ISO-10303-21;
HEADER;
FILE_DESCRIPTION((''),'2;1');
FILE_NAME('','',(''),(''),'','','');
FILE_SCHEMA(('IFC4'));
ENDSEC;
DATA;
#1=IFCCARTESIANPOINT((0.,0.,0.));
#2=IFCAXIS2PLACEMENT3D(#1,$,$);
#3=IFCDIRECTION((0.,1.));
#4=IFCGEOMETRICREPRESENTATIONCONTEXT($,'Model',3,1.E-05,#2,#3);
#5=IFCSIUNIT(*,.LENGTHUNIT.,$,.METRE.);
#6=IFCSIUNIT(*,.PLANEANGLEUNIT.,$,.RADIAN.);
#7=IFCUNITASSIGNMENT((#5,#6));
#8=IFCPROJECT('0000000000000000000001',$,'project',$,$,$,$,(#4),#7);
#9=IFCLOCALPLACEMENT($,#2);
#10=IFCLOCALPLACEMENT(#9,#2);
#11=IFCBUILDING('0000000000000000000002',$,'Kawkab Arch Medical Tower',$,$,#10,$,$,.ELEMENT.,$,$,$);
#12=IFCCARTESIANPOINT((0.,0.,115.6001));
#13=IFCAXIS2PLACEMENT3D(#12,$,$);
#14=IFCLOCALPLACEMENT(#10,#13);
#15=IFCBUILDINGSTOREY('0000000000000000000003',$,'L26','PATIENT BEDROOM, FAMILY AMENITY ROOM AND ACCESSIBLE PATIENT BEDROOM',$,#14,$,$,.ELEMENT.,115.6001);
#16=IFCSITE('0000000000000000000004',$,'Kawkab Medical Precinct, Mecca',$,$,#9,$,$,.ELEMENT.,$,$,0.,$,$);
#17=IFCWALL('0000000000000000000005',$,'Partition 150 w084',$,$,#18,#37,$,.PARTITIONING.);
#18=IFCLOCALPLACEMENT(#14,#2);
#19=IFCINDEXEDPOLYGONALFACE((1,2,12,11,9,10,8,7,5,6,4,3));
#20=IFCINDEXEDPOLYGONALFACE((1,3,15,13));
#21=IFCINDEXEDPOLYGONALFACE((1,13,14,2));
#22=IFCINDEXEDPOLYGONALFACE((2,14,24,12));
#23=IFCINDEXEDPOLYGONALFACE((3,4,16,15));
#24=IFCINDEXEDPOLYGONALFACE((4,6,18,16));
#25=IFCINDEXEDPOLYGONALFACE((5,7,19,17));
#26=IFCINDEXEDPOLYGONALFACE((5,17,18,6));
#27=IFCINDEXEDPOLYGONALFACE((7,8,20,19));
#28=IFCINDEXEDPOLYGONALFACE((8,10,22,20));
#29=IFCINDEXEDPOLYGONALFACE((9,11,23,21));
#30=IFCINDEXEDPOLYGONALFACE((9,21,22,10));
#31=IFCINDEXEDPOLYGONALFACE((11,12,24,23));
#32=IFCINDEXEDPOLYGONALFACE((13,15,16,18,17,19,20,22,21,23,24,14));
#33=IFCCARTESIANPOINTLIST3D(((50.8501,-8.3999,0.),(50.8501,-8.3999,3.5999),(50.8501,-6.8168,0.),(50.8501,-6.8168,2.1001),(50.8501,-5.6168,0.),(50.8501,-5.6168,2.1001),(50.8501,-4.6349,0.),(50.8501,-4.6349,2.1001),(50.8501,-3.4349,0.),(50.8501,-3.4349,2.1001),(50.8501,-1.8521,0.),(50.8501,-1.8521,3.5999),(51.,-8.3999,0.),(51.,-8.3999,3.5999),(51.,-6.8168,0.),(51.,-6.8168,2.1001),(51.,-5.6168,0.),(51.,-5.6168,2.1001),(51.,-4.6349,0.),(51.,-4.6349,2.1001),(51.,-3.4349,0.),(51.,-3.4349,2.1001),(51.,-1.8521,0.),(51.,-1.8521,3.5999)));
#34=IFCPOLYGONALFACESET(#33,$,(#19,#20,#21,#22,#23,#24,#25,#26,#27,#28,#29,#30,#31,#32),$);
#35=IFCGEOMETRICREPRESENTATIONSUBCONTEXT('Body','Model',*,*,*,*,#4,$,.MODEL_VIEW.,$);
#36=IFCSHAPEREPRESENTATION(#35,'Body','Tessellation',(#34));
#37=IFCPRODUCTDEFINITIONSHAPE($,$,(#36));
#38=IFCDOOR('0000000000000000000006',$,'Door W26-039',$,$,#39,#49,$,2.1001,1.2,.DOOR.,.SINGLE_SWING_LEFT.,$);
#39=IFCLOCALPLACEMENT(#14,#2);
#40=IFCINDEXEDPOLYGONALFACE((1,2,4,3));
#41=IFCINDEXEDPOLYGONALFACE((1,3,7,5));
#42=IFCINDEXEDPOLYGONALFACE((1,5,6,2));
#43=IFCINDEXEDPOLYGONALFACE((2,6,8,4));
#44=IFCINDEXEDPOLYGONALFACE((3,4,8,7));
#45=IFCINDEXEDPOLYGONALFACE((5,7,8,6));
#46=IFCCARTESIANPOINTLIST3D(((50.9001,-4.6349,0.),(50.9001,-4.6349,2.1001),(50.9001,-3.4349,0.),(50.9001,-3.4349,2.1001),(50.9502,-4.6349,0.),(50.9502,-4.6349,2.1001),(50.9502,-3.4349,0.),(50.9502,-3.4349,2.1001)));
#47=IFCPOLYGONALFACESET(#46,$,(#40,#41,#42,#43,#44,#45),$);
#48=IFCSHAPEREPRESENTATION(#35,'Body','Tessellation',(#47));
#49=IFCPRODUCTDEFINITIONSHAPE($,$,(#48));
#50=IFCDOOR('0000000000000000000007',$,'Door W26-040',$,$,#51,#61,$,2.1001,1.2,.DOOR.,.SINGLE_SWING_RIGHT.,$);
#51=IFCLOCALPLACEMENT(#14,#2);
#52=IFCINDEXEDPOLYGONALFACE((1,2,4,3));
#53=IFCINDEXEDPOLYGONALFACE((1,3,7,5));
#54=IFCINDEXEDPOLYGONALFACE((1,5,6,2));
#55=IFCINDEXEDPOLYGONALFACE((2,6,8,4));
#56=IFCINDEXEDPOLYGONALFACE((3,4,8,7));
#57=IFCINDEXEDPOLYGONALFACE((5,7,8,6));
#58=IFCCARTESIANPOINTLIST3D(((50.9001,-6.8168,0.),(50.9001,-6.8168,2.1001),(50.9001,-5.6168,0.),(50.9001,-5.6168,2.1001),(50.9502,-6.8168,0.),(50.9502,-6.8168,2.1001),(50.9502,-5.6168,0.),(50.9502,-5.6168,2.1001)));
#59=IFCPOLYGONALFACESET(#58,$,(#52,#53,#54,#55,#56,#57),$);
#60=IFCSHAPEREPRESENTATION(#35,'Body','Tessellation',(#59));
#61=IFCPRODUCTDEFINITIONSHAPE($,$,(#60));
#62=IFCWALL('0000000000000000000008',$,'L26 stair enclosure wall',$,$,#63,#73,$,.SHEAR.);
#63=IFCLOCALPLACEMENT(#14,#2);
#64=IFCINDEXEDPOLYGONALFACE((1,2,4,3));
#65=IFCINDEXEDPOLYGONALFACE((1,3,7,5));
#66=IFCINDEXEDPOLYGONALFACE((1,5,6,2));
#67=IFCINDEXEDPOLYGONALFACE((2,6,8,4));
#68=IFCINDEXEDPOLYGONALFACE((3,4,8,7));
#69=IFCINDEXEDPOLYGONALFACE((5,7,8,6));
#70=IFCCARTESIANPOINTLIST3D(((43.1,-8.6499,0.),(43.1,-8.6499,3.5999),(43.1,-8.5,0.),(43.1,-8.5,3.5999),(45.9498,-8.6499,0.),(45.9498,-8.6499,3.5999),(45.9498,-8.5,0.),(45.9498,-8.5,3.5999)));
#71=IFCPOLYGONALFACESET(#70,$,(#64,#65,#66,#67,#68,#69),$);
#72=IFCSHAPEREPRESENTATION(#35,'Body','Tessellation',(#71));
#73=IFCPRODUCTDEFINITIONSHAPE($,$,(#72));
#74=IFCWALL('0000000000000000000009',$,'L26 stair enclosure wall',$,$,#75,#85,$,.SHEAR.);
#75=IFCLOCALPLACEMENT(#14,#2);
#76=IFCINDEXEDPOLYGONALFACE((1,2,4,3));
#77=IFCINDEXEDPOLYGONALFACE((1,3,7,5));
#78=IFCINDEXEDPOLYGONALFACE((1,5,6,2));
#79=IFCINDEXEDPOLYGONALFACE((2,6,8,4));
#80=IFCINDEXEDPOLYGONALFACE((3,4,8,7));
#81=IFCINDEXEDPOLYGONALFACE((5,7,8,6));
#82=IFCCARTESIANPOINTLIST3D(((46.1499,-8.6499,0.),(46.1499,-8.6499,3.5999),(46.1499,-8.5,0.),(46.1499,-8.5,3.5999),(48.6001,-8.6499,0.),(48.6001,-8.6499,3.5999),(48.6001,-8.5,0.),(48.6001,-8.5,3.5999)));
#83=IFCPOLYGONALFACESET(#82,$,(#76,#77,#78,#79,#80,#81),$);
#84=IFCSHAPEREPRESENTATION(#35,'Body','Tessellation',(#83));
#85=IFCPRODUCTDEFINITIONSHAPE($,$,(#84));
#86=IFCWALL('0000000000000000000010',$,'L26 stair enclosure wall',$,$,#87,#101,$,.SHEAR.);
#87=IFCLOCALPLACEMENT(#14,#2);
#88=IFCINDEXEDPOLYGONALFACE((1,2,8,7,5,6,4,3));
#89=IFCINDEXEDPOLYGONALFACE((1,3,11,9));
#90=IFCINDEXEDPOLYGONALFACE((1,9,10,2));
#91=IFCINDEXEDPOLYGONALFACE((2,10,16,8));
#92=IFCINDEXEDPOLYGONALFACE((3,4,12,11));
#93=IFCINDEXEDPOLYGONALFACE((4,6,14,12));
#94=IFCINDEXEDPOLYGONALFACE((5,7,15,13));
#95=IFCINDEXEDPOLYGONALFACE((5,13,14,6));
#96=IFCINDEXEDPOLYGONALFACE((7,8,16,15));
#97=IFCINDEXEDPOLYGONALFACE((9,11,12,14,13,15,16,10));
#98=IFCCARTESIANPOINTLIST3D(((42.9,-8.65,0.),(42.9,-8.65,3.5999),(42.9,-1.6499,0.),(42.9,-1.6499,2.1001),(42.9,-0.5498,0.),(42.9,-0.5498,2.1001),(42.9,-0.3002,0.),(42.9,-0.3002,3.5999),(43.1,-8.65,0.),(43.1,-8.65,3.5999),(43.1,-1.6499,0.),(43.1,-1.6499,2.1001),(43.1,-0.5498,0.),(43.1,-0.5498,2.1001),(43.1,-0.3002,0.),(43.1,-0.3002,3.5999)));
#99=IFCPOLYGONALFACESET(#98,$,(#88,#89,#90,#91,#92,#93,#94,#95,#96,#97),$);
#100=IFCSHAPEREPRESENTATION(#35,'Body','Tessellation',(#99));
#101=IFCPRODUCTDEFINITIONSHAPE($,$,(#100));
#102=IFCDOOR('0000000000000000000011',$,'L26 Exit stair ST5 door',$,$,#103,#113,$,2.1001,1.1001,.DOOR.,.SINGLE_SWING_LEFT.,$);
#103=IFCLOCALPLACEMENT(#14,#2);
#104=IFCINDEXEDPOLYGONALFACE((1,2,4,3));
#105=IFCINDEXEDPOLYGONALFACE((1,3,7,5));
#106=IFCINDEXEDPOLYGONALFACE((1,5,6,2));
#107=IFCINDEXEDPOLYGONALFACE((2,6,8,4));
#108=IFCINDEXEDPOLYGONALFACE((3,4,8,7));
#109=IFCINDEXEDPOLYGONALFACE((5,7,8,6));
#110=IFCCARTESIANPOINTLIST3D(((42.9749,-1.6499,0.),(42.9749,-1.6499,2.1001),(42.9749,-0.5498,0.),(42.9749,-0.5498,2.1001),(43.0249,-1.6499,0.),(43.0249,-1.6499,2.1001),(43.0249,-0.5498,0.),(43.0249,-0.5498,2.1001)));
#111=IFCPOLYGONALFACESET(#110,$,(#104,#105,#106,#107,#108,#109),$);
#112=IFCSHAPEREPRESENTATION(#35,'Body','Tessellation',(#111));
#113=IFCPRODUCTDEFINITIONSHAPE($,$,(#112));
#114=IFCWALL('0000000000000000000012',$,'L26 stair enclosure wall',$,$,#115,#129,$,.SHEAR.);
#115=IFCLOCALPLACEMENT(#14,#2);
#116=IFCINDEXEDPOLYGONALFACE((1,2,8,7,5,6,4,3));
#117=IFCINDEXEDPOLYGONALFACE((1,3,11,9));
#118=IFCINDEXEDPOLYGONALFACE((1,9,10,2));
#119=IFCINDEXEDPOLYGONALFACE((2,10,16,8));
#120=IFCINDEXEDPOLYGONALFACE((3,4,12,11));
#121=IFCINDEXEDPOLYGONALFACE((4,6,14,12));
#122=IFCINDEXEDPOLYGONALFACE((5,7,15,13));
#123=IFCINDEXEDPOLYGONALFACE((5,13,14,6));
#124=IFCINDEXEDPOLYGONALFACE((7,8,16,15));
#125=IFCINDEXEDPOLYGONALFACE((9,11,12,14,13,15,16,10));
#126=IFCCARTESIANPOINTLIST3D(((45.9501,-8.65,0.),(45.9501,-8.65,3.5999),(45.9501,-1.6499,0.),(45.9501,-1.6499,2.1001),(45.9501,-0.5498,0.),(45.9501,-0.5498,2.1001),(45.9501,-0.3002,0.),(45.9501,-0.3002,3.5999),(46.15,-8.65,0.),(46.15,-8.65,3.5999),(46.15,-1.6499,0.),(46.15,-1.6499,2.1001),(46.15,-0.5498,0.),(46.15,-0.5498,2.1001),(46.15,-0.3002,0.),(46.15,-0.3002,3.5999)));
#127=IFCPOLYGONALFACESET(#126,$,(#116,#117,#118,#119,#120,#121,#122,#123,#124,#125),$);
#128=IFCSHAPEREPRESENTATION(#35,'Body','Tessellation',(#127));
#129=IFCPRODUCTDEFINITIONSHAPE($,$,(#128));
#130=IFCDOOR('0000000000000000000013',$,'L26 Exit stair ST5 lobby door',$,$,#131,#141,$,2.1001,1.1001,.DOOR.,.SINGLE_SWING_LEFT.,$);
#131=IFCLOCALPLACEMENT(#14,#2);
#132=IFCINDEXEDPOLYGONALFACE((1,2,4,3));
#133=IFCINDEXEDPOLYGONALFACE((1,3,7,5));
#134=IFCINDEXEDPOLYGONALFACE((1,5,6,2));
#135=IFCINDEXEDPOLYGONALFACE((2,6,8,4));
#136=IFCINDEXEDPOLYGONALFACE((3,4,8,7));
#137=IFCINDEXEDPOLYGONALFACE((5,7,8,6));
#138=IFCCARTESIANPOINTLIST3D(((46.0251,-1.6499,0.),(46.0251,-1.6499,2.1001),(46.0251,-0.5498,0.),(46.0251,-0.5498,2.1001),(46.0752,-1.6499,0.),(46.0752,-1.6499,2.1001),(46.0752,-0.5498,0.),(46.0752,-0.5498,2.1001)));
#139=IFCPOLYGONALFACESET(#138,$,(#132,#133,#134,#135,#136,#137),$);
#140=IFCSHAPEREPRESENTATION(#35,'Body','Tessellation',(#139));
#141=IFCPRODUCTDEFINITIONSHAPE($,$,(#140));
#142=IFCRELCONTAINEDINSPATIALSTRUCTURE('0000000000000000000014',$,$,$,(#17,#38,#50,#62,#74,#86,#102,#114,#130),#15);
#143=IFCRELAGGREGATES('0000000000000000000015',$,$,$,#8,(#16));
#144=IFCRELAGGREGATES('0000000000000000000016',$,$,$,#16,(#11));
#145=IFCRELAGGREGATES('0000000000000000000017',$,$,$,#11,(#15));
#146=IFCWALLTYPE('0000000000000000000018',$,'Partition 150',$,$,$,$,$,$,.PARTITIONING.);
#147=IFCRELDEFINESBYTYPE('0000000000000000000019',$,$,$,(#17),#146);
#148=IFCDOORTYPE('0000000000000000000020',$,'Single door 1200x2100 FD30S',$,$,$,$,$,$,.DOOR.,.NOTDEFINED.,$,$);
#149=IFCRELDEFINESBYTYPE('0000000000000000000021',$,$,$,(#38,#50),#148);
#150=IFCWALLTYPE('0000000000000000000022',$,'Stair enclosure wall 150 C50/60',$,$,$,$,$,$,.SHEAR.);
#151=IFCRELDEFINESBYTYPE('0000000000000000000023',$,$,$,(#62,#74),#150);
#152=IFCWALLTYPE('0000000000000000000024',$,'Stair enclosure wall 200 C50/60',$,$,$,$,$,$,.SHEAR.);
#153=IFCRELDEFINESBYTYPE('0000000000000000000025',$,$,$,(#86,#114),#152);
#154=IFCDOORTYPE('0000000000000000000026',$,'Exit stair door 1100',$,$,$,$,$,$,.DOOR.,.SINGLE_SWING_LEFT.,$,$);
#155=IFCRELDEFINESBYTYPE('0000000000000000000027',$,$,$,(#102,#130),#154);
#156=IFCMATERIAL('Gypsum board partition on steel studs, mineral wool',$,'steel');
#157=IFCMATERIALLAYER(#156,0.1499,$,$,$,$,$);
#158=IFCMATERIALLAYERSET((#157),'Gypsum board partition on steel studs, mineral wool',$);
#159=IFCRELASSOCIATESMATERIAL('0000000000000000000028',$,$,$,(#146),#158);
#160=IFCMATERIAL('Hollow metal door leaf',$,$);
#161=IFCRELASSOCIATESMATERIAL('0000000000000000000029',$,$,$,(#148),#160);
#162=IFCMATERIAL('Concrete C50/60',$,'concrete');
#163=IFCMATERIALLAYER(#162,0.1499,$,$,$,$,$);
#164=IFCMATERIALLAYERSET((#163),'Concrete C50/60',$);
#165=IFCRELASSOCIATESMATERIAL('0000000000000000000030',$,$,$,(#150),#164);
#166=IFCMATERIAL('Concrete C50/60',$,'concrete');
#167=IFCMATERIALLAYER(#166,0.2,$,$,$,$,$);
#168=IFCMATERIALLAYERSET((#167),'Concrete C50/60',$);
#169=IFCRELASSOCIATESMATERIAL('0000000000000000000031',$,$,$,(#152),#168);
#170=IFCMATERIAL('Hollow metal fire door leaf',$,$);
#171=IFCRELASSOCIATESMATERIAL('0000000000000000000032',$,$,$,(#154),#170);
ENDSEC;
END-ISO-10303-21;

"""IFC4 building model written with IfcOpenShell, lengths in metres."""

from ifc_helpers import new_model, si_unit, direction, frame, frame_2d, origin, place, context, subcontext, project, spatial, rectangle, extrude, material, layer, layer_set, type_object, element, fill, save


model = new_model("IFC4")

# Units and contexts
model_context = context("Model", 3, precision=1e-05, world=origin(), true_north=direction((0.0, 1.0)))
body_context = subcontext(model_context, "Body", "Model", "MODEL_VIEW")
ifc_project = project(units=[si_unit("LENGTHUNIT", "METRE"), si_unit("PLANEANGLEUNIT", "RADIAN")], contexts=[model_context])

# Site, building, storey
site_placement = place(None, origin())
site = spatial("IfcSite", under=ifc_project, at=site_placement, Name="Kawkab Medical Precinct, Mecca", CompositionType="ELEMENT", RefElevation=0.0)
building_placement = place(site_placement, origin())
building = spatial("IfcBuilding", under=site, at=building_placement, Name="Kawkab Arch Medical Tower", CompositionType="ELEMENT")
storey_placement = place(building_placement, frame((0.0, 0.0, 115.6001)))
storey = spatial("IfcBuildingStorey", under=building, at=storey_placement, Name="L26", Description="PATIENT BEDROOM, FAMILY AMENITY ROOM AND ACCESSIBLE PATIENT BEDROOM", CompositionType="ELEMENT", Elevation=115.6001)

# Shared definitions
ifc_material_1 = material(Name="Gypsum board partition on steel studs, mineral wool", Category="steel")
ifc_layer_1 = layer(ifc_material_1, 0.1499)
ifc_layer_set_1 = layer_set([ifc_layer_1], Name="Gypsum board partition on steel studs, mineral wool")
wall_type_1 = type_object("IfcWallType", Name="Partition 150", PredefinedType="PARTITIONING", material=ifc_layer_set_1)

# Wall, openings, doors
wall_1_placement = place(storey_placement, frame((50.925, -8.3999, 0.0), z_axis=(0.0, 0.0, 1.0), x_axis=(0.0, 1.0, 0.0)))
wall_1 = element("IfcWall", 1, at=wall_1_placement, inside=storey, type_object=wall_type_1, Name="Partition 150 w084", PredefinedType="PARTITIONING", context=body_context, shape_type="SweptSolid", body=[
    extrude(rectangle(XDim=6.5479, YDim=0.1499, at=frame_2d((3.2739, 0.0))), origin(), (0.0, 0.0, 1.0), 3.5999),
])
opening_1_placement = place(wall_1_placement, frame((3.7649, 0.0, 0.0)))
opening_1 = element("IfcOpeningElement", 2, at=opening_1_placement, cuts=wall_1, PredefinedType="OPENING", context=body_context, shape_type="SweptSolid", body=[
    extrude(rectangle(XDim=1.2, YDim=2.1001, at=frame_2d((0.6001, 1.05))), frame((0.0, 0.085, 0.0), z_axis=(0.0, -1.0, 0.0), x_axis=(1.0, 0.0, 0.0)), (0.0, 0.0, 1.0), 0.1699),
])
opening_2_placement = place(wall_1_placement, frame((1.583, 0.0, 0.0)))
opening_2 = element("IfcOpeningElement", 3, at=opening_2_placement, cuts=wall_1, PredefinedType="OPENING", context=body_context, shape_type="SweptSolid", body=[
    extrude(rectangle(XDim=1.2, YDim=2.1001, at=frame_2d((0.6001, 1.05))), frame((0.0, 0.085, 0.0), z_axis=(0.0, -1.0, 0.0), x_axis=(1.0, 0.0, 0.0)), (0.0, 0.0, 1.0), 0.1699),
])
ifc_material_2 = material(Name="Hollow metal door leaf")
door_type_1 = type_object("IfcDoorType", Name="Single door 1200x2100 FD30S", OperationType="NOTDEFINED", PredefinedType="DOOR", material=ifc_material_2)
door_1_placement = place(opening_1_placement, origin())
door_1 = element("IfcDoor", 4, at=door_1_placement, inside=storey, type_object=door_type_1, Name="Door W26-039", OperationType="SINGLE_SWING_LEFT", OverallHeight=2.1001, OverallWidth=1.2, PredefinedType="DOOR", context=body_context, shape_type="SweptSolid", body=[
    extrude(rectangle(XDim=1.2, YDim=2.1001, at=frame_2d((0.6001, 1.05))), frame((0.0, 0.0249, 0.0), z_axis=(0.0, -1.0, 0.0), x_axis=(1.0, 0.0, 0.0)), (0.0, 0.0, 1.0), 0.05),
])
fill(opening_1, door_1)
door_2_placement = place(opening_2_placement, origin())
door_2 = element("IfcDoor", 5, at=door_2_placement, inside=storey, type_object=door_type_1, Name="Door W26-040", OperationType="SINGLE_SWING_RIGHT", OverallHeight=2.1001, OverallWidth=1.2, PredefinedType="DOOR", context=body_context, shape_type="SweptSolid", body=[
    extrude(rectangle(XDim=1.2, YDim=2.1001, at=frame_2d((0.6001, 1.05))), frame((0.0, 0.0249, 0.0), z_axis=(0.0, -1.0, 0.0), x_axis=(1.0, 0.0, 0.0)), (0.0, 0.0, 1.0), 0.05),
])
fill(opening_2, door_2)

# Walls
ifc_material_3 = material(Name="Concrete C50/60", Category="concrete")
ifc_layer_2 = layer(ifc_material_3, 0.1499)
ifc_layer_set_2 = layer_set([ifc_layer_2], Name="Concrete C50/60")
wall_type_2 = type_object("IfcWallType", Name="Stair enclosure wall 150 C50/60", PredefinedType="SHEAR", material=ifc_layer_set_2)
wall_2_placement = place(storey_placement, frame((43.1001, -8.575, 0.0), z_axis=(0.0, 0.0, 1.0), x_axis=(1.0, 0.0, 0.0)))
element("IfcWall", 6, at=wall_2_placement, inside=storey, type_object=wall_type_2, Name="L26 stair enclosure wall", PredefinedType="SHEAR", context=body_context, shape_type="SweptSolid", body=[
    extrude(rectangle(XDim=2.8499, YDim=0.1499, at=frame_2d((1.4248, 0.0))), origin(), (0.0, 0.0, 1.0), 3.5999),
])
wall_3_placement = place(storey_placement, frame((46.1499, -8.575, 0.0), z_axis=(0.0, 0.0, 1.0), x_axis=(1.0, 0.0, 0.0)))
element("IfcWall", 7, at=wall_3_placement, inside=storey, type_object=wall_type_2, Name="L26 stair enclosure wall", PredefinedType="SHEAR", context=body_context, shape_type="SweptSolid", body=[
    extrude(rectangle(XDim=2.4502, YDim=0.1499, at=frame_2d((1.2251, 0.0))), origin(), (0.0, 0.0, 1.0), 3.5999),
])

# Walls, openings, doors
ifc_material_4 = material(Name="Concrete C50/60", Category="concrete")
ifc_layer_3 = layer(ifc_material_4, 0.2)
ifc_layer_set_3 = layer_set([ifc_layer_3], Name="Concrete C50/60")
wall_type_3 = type_object("IfcWallType", Name="Stair enclosure wall 200 C50/60", PredefinedType="SHEAR", material=ifc_layer_set_3)
wall_4_placement = place(storey_placement, frame((43.0, -8.6499, 0.0), z_axis=(0.0, 0.0, 1.0), x_axis=(0.0, 1.0, 0.0)))
wall_4 = element("IfcWall", 8, at=wall_4_placement, inside=storey, type_object=wall_type_3, Name="L26 stair enclosure wall", PredefinedType="SHEAR", context=body_context, shape_type="SweptSolid", body=[
    extrude(rectangle(XDim=8.3499, YDim=0.2, at=frame_2d((4.1748, 0.0))), origin(), (0.0, 0.0, 1.0), 3.5999),
])
opening_3_placement = place(wall_4_placement, frame((7.0, 0.0, 0.0)))
opening_3 = element("IfcOpeningElement", 9, at=opening_3_placement, cuts=wall_4, PredefinedType="OPENING", context=body_context, shape_type="SweptSolid", body=[
    extrude(rectangle(XDim=1.1001, YDim=2.1001, at=frame_2d((0.55, 1.05))), frame((0.0, 0.1099, 0.0), z_axis=(0.0, -1.0, 0.0), x_axis=(1.0, 0.0, 0.0)), (0.0, 0.0, 1.0), 0.22),
])
ifc_material_5 = material(Name="Hollow metal fire door leaf")
door_type_2 = type_object("IfcDoorType", Name="Exit stair door 1100", OperationType="SINGLE_SWING_LEFT", PredefinedType="DOOR", material=ifc_material_5)
door_3_placement = place(opening_3_placement, frame((1.1001, 0.0, 0.0), z_axis=(0.0, 0.0, 1.0), x_axis=(-1.0, 0.0, 0.0)))
door_3 = element("IfcDoor", 10, at=door_3_placement, inside=storey, type_object=door_type_2, Name="L26 Exit stair ST5 door", OperationType="SINGLE_SWING_LEFT", OverallHeight=2.1001, OverallWidth=1.1001, PredefinedType="DOOR", context=body_context, shape_type="SweptSolid", body=[
    extrude(rectangle(XDim=1.1001, YDim=2.1001, at=frame_2d((0.55, 1.05))), frame((0.0, 0.0249, 0.0), z_axis=(0.0, -1.0, 0.0), x_axis=(1.0, 0.0, 0.0)), (0.0, 0.0, 1.0), 0.05),
])
fill(opening_3, door_3)
wall_5_placement = place(storey_placement, frame((46.05, -8.6499, 0.0), z_axis=(0.0, 0.0, 1.0), x_axis=(0.0, 1.0, 0.0)))
wall_5 = element("IfcWall", 11, at=wall_5_placement, inside=storey, type_object=wall_type_3, Name="L26 stair enclosure wall", PredefinedType="SHEAR", context=body_context, shape_type="SweptSolid", body=[
    extrude(rectangle(XDim=8.3499, YDim=0.2, at=frame_2d((4.1748, 0.0))), origin(), (0.0, 0.0, 1.0), 3.5999),
])
opening_4_placement = place(wall_5_placement, frame((7.0, 0.0, 0.0)))
opening_4 = element("IfcOpeningElement", 12, at=opening_4_placement, cuts=wall_5, PredefinedType="OPENING", context=body_context, shape_type="SweptSolid", body=[
    extrude(rectangle(XDim=1.1001, YDim=2.1001, at=frame_2d((0.55, 1.05))), frame((0.0, 0.1099, 0.0), z_axis=(0.0, -1.0, 0.0), x_axis=(1.0, 0.0, 0.0)), (0.0, 0.0, 1.0), 0.22),
])
door_4_placement = place(opening_4_placement, origin())
door_4 = element("IfcDoor", 13, at=door_4_placement, inside=storey, type_object=door_type_2, Name="L26 Exit stair ST5 lobby door", OperationType="SINGLE_SWING_LEFT", OverallHeight=2.1001, OverallWidth=1.1001, PredefinedType="DOOR", context=body_context, shape_type="SweptSolid", body=[
    extrude(rectangle(XDim=1.1001, YDim=2.1001, at=frame_2d((0.55, 1.05))), frame((0.0, 0.0249, 0.0), z_axis=(0.0, -1.0, 0.0), x_axis=(1.0, 0.0, 0.0)), (0.0, 0.0, 1.0), 0.05),
])
fill(opening_4, door_4)

save(model, "model.ifc")
